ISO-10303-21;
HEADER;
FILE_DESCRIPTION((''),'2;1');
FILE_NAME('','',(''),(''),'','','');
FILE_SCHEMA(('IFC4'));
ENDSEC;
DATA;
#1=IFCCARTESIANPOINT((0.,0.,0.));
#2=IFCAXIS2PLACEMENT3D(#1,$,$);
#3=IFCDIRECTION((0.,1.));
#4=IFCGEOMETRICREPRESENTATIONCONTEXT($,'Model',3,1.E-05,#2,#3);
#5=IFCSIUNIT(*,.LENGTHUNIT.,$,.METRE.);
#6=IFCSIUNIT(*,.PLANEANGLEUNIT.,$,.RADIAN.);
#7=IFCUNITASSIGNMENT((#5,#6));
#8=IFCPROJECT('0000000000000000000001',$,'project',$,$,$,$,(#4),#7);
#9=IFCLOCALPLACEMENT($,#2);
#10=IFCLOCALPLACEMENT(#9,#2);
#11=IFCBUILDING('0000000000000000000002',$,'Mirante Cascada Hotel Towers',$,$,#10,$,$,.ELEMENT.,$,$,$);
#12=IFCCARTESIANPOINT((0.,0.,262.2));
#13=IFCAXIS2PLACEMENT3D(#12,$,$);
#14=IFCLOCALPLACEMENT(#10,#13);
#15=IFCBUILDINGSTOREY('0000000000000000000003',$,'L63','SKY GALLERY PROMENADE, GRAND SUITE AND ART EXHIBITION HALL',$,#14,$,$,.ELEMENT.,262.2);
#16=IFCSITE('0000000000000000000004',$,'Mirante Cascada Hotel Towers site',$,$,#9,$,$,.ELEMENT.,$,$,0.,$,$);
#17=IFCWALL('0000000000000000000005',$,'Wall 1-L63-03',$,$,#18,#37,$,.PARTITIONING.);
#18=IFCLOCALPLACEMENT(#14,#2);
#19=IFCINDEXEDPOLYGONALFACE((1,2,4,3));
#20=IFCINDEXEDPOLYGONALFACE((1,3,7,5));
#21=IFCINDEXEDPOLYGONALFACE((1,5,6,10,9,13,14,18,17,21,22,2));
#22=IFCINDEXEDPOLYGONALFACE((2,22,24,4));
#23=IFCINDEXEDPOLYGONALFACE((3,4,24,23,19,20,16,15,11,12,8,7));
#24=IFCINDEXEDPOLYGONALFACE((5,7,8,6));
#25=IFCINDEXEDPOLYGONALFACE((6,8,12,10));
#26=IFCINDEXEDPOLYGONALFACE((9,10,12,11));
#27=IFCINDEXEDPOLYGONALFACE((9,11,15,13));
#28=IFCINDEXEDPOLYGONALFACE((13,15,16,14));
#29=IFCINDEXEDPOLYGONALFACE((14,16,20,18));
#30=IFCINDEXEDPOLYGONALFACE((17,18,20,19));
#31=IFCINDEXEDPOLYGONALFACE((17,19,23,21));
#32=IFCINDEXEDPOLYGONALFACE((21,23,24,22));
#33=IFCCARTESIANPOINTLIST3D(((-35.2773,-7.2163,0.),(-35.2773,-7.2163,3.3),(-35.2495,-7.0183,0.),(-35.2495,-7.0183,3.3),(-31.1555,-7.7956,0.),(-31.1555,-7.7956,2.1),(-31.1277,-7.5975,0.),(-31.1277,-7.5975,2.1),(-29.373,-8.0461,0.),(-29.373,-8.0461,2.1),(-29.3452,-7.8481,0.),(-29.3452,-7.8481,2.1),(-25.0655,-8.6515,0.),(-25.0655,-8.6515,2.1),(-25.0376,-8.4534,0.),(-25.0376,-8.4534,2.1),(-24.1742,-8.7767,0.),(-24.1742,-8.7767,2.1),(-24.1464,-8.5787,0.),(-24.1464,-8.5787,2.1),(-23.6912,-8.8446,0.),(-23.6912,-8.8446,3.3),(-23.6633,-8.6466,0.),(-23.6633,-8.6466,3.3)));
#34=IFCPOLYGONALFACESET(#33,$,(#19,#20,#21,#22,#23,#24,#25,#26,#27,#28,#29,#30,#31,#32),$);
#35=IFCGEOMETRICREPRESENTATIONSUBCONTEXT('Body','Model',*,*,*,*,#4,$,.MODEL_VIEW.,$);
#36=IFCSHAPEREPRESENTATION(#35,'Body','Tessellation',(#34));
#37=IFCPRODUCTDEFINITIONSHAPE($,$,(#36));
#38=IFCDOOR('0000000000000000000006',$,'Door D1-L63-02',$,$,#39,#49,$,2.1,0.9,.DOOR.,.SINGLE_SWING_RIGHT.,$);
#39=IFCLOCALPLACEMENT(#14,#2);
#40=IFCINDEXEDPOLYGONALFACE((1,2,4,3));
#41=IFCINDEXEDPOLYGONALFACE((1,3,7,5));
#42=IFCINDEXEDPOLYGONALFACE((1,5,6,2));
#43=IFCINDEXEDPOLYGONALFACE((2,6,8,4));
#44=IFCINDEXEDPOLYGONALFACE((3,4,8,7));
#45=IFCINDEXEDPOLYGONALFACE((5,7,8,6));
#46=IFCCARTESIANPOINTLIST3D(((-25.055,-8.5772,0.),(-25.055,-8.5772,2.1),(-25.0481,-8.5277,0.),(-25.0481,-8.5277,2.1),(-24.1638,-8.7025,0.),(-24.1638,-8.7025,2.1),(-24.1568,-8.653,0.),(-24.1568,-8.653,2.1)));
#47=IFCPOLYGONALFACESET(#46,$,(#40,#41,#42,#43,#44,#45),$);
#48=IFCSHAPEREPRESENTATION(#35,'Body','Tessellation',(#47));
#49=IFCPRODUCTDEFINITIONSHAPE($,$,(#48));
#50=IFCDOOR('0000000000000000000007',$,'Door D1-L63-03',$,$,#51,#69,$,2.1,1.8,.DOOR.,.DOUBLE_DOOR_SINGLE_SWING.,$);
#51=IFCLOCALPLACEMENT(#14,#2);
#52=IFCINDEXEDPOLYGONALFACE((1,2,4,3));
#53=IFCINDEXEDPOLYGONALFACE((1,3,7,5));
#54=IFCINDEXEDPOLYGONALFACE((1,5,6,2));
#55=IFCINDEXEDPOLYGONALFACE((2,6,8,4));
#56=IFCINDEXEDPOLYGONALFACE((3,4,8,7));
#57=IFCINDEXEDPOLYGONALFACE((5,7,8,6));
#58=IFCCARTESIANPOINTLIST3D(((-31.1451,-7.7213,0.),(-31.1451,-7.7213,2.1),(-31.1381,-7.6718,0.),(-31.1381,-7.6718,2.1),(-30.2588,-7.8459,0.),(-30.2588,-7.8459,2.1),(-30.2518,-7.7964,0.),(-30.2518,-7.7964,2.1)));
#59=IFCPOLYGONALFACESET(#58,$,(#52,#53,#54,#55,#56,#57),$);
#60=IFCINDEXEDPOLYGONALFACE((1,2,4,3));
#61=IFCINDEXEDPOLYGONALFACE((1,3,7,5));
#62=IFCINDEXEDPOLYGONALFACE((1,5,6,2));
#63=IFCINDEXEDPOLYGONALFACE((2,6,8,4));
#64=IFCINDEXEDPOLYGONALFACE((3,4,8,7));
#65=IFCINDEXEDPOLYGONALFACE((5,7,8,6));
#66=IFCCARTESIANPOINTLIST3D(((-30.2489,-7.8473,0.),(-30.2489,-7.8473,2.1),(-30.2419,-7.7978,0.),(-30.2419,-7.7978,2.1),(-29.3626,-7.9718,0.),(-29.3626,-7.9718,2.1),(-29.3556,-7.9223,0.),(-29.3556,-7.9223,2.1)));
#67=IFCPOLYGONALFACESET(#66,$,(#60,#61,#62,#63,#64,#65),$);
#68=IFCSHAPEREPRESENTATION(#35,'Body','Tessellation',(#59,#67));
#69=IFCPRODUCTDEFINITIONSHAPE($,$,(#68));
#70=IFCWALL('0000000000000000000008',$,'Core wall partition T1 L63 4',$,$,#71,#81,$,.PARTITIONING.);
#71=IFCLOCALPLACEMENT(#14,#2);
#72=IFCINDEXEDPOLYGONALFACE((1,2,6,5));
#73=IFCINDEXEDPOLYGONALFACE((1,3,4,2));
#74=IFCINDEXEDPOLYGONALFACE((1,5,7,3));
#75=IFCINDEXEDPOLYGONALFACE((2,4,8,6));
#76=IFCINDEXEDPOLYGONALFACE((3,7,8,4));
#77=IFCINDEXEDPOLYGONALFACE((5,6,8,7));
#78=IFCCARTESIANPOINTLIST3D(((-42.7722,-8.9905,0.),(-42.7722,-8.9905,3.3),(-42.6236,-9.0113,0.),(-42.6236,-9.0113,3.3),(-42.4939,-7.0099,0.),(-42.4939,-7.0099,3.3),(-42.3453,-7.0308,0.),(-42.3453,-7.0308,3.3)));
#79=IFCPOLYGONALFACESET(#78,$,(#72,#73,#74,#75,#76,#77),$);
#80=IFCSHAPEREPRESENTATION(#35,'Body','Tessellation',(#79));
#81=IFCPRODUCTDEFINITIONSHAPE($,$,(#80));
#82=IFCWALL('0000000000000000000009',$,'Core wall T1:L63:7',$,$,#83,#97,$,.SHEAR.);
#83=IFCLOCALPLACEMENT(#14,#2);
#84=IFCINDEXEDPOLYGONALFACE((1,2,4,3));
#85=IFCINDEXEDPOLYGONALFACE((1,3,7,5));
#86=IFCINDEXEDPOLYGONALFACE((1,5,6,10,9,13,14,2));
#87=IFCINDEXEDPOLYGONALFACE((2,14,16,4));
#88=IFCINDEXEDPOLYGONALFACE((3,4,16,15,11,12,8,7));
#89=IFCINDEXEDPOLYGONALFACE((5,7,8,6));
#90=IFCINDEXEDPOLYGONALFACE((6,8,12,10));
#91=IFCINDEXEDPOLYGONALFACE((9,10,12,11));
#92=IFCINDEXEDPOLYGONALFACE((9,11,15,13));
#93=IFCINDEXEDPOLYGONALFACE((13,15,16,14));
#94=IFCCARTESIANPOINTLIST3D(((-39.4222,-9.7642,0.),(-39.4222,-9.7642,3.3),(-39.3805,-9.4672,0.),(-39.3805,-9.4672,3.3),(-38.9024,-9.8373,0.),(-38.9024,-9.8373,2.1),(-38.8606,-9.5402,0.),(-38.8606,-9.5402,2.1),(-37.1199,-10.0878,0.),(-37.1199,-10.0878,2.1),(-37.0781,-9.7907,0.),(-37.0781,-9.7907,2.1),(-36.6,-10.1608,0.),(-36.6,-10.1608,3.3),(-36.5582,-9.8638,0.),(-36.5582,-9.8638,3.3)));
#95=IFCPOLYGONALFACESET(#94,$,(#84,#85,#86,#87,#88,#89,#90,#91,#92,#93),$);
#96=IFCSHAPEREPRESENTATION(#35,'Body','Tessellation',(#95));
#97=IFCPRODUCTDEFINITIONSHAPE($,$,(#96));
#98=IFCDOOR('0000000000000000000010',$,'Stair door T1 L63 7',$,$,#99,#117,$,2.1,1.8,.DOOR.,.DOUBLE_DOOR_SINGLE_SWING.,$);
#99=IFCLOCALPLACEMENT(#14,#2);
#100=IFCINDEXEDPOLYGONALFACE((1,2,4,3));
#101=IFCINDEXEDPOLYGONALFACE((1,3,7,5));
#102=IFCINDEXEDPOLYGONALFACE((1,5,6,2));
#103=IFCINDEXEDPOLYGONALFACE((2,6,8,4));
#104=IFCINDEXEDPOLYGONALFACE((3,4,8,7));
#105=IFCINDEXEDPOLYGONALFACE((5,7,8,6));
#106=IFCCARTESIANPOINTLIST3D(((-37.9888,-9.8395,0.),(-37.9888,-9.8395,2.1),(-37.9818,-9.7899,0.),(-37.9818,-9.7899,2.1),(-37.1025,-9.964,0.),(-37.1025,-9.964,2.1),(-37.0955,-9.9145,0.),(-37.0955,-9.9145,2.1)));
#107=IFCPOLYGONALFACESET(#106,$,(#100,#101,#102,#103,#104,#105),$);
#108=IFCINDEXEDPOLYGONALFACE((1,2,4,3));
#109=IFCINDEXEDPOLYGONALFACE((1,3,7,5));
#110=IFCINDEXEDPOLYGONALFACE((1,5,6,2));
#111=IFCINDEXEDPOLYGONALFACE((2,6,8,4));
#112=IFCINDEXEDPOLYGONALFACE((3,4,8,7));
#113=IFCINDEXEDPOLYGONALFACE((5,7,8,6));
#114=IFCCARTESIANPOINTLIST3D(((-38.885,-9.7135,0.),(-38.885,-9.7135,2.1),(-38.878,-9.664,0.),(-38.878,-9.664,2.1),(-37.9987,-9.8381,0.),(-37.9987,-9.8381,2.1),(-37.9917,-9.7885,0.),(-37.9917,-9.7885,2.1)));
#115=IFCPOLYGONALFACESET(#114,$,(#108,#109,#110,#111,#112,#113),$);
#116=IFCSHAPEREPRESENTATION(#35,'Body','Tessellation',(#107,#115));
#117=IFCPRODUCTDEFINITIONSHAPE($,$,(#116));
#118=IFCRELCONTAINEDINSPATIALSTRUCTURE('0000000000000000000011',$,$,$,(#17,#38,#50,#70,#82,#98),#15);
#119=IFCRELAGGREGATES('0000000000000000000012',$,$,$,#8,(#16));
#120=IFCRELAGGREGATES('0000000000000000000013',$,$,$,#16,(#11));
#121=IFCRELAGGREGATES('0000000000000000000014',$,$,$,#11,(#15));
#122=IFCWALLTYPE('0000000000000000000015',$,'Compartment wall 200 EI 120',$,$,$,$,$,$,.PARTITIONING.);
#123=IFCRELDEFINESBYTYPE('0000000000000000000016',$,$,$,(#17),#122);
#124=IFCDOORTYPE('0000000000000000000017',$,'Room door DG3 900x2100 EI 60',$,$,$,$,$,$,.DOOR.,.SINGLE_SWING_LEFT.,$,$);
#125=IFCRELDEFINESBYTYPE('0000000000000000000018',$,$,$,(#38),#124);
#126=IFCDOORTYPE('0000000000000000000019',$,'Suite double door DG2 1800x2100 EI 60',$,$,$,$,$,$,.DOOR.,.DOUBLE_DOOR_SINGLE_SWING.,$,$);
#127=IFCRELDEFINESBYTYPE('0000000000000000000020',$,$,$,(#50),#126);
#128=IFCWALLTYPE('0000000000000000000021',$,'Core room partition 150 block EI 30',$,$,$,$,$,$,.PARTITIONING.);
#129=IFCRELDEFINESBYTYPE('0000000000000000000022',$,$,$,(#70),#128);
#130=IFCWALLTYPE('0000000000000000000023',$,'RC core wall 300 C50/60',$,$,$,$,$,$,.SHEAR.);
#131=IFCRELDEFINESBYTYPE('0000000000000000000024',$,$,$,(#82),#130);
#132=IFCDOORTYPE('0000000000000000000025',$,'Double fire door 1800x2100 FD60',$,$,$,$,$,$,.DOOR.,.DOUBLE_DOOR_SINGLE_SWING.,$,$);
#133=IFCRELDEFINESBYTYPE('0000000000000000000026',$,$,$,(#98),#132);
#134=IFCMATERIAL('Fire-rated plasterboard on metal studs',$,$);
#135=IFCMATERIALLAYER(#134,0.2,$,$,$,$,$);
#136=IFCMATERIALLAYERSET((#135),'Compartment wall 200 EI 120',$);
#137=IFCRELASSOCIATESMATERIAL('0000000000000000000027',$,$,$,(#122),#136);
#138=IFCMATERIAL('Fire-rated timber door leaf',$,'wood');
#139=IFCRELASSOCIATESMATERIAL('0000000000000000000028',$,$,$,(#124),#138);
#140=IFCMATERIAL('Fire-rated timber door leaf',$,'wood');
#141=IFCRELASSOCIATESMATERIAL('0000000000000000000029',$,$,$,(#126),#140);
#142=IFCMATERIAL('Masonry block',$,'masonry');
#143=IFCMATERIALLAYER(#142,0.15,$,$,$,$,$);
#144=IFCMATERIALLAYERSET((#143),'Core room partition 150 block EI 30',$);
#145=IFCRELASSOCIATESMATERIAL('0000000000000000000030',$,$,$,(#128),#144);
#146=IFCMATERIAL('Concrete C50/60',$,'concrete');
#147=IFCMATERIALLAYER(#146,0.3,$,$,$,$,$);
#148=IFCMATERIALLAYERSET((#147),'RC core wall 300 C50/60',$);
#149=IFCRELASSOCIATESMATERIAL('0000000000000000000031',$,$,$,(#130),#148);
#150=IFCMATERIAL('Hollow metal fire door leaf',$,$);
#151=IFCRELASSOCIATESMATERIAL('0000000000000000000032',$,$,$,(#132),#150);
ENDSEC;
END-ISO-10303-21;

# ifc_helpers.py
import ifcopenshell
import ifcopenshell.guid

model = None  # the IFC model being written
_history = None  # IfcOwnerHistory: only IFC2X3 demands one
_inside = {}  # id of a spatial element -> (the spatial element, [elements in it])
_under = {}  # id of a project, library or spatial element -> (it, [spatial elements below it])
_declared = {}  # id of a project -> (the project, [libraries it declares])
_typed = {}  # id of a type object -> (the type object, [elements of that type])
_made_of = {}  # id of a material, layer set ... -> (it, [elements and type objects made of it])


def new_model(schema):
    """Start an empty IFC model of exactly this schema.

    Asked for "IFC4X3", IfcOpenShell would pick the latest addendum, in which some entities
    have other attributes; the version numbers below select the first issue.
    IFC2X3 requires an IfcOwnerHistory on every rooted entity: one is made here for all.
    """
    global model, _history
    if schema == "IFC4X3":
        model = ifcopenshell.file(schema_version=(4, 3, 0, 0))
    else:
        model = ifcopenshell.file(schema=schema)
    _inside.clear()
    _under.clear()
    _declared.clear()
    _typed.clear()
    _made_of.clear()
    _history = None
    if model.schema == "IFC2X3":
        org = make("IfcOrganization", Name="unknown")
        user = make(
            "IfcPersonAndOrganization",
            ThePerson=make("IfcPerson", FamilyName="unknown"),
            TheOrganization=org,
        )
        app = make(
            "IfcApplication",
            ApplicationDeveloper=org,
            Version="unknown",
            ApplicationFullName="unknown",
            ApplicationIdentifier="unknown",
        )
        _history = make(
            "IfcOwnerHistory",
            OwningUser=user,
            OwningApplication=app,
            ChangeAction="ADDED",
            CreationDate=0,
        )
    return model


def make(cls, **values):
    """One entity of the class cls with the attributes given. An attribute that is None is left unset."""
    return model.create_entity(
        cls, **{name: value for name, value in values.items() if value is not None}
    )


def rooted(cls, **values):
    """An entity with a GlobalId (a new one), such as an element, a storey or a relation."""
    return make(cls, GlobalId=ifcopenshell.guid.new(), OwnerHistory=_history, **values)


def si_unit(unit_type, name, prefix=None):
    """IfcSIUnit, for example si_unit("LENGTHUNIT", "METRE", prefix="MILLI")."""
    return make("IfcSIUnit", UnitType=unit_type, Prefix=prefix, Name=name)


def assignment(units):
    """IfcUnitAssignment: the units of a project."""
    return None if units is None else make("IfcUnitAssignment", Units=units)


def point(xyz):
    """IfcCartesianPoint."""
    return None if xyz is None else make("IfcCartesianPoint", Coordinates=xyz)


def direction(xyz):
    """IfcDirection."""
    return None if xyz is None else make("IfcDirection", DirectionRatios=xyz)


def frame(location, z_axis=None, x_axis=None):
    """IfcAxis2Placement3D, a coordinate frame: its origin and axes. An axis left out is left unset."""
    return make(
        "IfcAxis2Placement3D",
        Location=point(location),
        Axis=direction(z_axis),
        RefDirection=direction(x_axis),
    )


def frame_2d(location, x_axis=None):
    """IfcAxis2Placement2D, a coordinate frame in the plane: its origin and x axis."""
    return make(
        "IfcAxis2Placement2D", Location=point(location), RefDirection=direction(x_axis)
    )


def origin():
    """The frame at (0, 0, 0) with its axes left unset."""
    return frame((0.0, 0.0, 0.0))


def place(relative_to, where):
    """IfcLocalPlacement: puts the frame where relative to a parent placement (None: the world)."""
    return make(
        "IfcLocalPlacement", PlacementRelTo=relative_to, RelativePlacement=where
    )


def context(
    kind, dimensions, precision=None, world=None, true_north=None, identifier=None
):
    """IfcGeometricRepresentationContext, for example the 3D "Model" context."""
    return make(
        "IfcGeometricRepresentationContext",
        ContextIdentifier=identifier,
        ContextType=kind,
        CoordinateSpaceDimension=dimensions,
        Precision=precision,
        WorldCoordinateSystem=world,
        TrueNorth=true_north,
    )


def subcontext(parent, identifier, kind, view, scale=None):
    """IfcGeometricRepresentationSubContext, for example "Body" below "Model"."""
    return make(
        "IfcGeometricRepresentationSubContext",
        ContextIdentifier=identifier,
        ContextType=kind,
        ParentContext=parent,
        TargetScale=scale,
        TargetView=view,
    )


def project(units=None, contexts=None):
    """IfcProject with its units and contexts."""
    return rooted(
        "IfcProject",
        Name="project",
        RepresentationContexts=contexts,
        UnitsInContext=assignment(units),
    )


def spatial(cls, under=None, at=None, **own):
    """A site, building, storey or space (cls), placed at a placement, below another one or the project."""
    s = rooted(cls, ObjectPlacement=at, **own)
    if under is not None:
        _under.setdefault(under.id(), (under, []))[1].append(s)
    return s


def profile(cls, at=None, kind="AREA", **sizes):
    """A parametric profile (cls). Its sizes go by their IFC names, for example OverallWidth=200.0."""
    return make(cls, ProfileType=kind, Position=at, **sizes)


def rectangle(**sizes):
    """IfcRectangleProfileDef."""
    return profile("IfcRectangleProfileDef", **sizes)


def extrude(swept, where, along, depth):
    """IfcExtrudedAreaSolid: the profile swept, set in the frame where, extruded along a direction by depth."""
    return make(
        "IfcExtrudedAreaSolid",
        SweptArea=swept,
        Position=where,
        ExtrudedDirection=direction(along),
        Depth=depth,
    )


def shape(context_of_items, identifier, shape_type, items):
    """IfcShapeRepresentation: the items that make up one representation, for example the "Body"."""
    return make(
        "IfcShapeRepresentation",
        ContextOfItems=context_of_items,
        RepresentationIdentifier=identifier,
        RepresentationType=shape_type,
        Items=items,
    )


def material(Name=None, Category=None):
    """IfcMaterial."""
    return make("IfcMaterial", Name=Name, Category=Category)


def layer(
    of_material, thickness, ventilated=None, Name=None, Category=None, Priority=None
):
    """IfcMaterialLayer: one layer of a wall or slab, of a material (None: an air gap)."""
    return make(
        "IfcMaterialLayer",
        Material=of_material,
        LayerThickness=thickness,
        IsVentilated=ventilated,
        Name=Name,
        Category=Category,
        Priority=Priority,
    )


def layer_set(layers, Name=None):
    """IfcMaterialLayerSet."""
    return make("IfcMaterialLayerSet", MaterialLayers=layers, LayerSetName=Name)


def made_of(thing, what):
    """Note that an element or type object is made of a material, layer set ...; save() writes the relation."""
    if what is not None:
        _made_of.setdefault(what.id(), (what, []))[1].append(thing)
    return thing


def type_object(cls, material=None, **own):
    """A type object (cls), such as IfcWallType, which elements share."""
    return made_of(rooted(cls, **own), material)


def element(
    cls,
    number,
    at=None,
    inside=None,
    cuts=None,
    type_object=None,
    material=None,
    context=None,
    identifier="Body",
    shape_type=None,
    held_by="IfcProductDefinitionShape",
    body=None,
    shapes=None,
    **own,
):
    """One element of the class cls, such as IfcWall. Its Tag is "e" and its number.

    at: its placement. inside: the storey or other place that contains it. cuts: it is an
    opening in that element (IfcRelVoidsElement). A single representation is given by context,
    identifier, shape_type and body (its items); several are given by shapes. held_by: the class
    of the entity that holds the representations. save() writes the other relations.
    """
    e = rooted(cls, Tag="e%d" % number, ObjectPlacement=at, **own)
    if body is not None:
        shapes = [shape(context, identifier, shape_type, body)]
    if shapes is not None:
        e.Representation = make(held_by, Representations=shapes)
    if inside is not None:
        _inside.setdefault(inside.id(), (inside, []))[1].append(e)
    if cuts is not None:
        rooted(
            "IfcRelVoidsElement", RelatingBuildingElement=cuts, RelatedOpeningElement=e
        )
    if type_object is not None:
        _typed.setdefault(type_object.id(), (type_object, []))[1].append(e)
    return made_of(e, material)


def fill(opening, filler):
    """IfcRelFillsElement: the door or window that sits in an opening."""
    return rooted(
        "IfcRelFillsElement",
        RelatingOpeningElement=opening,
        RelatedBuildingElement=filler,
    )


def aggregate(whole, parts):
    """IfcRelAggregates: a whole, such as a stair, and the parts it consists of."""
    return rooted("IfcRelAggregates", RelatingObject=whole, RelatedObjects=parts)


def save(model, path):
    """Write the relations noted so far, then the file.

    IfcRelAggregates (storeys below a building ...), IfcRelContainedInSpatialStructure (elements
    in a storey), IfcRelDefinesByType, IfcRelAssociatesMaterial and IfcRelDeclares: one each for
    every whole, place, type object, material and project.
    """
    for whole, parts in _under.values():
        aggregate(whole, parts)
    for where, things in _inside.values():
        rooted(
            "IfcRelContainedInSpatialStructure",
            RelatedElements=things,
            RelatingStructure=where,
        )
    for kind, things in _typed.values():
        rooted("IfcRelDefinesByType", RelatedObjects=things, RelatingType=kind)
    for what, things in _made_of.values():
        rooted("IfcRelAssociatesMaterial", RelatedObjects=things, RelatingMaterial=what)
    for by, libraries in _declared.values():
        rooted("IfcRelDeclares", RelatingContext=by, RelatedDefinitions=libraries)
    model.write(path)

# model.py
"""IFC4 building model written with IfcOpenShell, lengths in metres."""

from ifc_helpers import new_model, si_unit, direction, frame, frame_2d, origin, place, context, subcontext, project, spatial, rectangle, extrude, material, layer, layer_set, type_object, element, fill, save


model = new_model("IFC4")

# Units and contexts
model_context = context("Model", 3, precision=1e-05, world=origin(), true_north=direction((0.0, 1.0)))
body_context = subcontext(model_context, "Body", "Model", "MODEL_VIEW")
ifc_project = project(units=[si_unit("LENGTHUNIT", "METRE"), si_unit("PLANEANGLEUNIT", "RADIAN")], contexts=[model_context])

# Site, building, storey
site_placement = place(None, origin())
site = spatial("IfcSite", under=ifc_project, at=site_placement, Name="Mirante Cascada Hotel Towers site", CompositionType="ELEMENT", RefElevation=0.0)
building_placement = place(site_placement, origin())
building = spatial("IfcBuilding", under=site, at=building_placement, Name="Mirante Cascada Hotel Towers", CompositionType="ELEMENT")
storey_placement = place(building_placement, frame((0.0, 0.0, 262.2)))
storey = spatial("IfcBuildingStorey", under=building, at=storey_placement, Name="L63", Description="SKY GALLERY PROMENADE, GRAND SUITE AND ART EXHIBITION HALL", CompositionType="ELEMENT", Elevation=262.2)

# Wall, openings, doors
ifc_material_1 = material(Name="Fire-rated plasterboard on metal studs")
ifc_layer_1 = layer(ifc_material_1, 0.2)
ifc_layer_set_1 = layer_set([ifc_layer_1], Name="Compartment wall 200 EI 120")
wall_type_1 = type_object("IfcWallType", Name="Compartment wall 200 EI 120", PredefinedType="PARTITIONING", material=ifc_layer_set_1)
wall_1_placement = place(storey_placement, frame((-35.2634, -7.1173, 0.0), z_axis=(0.0, 0.0, 1.0), x_axis=(0.990268, -0.139171, 0.0)))
wall_1 = element("IfcWall", 1, at=wall_1_placement, inside=storey, type_object=wall_type_1, Name="Wall 1-L63-03", PredefinedType="PARTITIONING", context=body_context, shape_type="SweptSolid", body=[
    extrude(rectangle(XDim=11.7, YDim=0.2, at=frame_2d((5.85, 0.0))), origin(), (0.0, 0.0, 1.0), 3.3),
])
opening_1_placement = place(wall_1_placement, frame((10.3122, 0.0, 0.0)))
opening_1 = element("IfcOpeningElement", 2, at=opening_1_placement, cuts=wall_1, PredefinedType="OPENING", context=body_context, shape_type="SweptSolid", body=[
    extrude(rectangle(XDim=0.9, YDim=2.1, at=frame_2d((0.45, 1.05))), frame((0.0, 0.1, 0.0), z_axis=(0.0, -1.0, 0.0), x_axis=(1.0, 0.0, 0.0)), (0.0, 0.0, 1.0), 0.2),
])
opening_2_placement = place(wall_1_placement, frame((4.1623, 0.0, 0.0)))
opening_2 = element("IfcOpeningElement", 3, at=opening_2_placement, cuts=wall_1, PredefinedType="OPENING", context=body_context, shape_type="SweptSolid", body=[
    extrude(rectangle(XDim=1.8, YDim=2.1, at=frame_2d((0.9, 1.05))), frame((0.0, 0.1, 0.0), z_axis=(0.0, -1.0, 0.0), x_axis=(1.0, 0.0, 0.0)), (0.0, 0.0, 1.0), 0.2),
])
ifc_material_2 = material(Name="Fire-rated timber door leaf", Category="wood")
door_type_1 = type_object("IfcDoorType", Name="Room door DG3 900x2100 EI 60", OperationType="SINGLE_SWING_LEFT", PredefinedType="DOOR", material=ifc_material_2)
door_1_placement = place(opening_1_placement, frame((0.9, 0.0, 0.0), z_axis=(0.0, 0.0, 1.0), x_axis=(-1.0, 0.0, 0.0)))
door_1 = element("IfcDoor", 4, at=door_1_placement, inside=storey, type_object=door_type_1, Name="Door D1-L63-02", OperationType="SINGLE_SWING_RIGHT", OverallHeight=2.1, OverallWidth=0.9, PredefinedType="DOOR", context=body_context, shape_type="SweptSolid", body=[
    extrude(rectangle(XDim=0.9, YDim=2.1, at=frame_2d((0.45, 1.05))), frame((0.0, 0.025, 0.0), z_axis=(0.0, -1.0, 0.0), x_axis=(1.0, 0.0, 0.0)), (0.0, 0.0, 1.0), 0.05),
])
fill(opening_1, door_1)
ifc_material_3 = material(Name="Fire-rated timber door leaf", Category="wood")
door_type_2 = type_object("IfcDoorType", Name="Suite double door DG2 1800x2100 EI 60", OperationType="DOUBLE_DOOR_SINGLE_SWING", PredefinedType="DOOR", material=ifc_material_3)
door_2_placement = place(opening_2_placement, origin())
door_2 = element("IfcDoor", 5, at=door_2_placement, inside=storey, type_object=door_type_2, Name="Door D1-L63-03", OperationType="DOUBLE_DOOR_SINGLE_SWING", OverallHeight=2.1, OverallWidth=1.8, PredefinedType="DOOR", context=body_context, shape_type="SweptSolid", body=[
    extrude(rectangle(XDim=0.895, YDim=2.1, at=frame_2d((0.4475, 1.05))), frame((0.0, 0.025, 0.0), z_axis=(0.0, -1.0, 0.0), x_axis=(1.0, 0.0, 0.0)), (0.0, 0.0, 1.0), 0.05),
    extrude(rectangle(XDim=0.895, YDim=2.1, at=frame_2d((1.3525, 1.05))), frame((0.0, 0.025, 0.0), z_axis=(0.0, -1.0, 0.0), x_axis=(1.0, 0.0, 0.0)), (0.0, 0.0, 1.0), 0.05),
])
fill(opening_2, door_2)

# Wall
ifc_material_4 = material(Name="Masonry block", Category="masonry")
ifc_layer_2 = layer(ifc_material_4, 0.15)
ifc_layer_set_2 = layer_set([ifc_layer_2], Name="Core room partition 150 block EI 30")
wall_type_2 = type_object("IfcWallType", Name="Core room partition 150 block EI 30", PredefinedType="PARTITIONING", material=ifc_layer_set_2)
wall_2_placement = place(storey_placement, frame((-42.6979, -9.0009, 0.0), z_axis=(0.0, 0.0, 1.0), x_axis=(0.139153, 0.990271, 0.0)))
element("IfcWall", 6, at=wall_2_placement, inside=storey, type_object=wall_type_2, Name="Core wall partition T1 L63 4", PredefinedType="PARTITIONING", context=body_context, shape_type="SweptSolid", body=[
    extrude(rectangle(XDim=2.0, YDim=0.15, at=frame_2d((1.0, 0.0))), origin(), (0.0, 0.0, 1.0), 3.3),
])

# Wall, opening, door
ifc_material_5 = material(Name="Concrete C50/60", Category="concrete")
ifc_layer_3 = layer(ifc_material_5, 0.3)
ifc_layer_set_3 = layer_set([ifc_layer_3], Name="RC core wall 300 C50/60")
wall_type_3 = type_object("IfcWallType", Name="RC core wall 300 C50/60", PredefinedType="SHEAR", material=ifc_layer_set_3)
wall_3_placement = place(storey_placement, frame((-36.5791, -10.0123, 0.0), z_axis=(0.0, 0.0, 1.0), x_axis=(-0.99027, 0.139156, 0.0)))
wall_3 = element("IfcWall", 7, at=wall_3_placement, inside=storey, type_object=wall_type_3, Name="Core wall T1:L63:7", PredefinedType="SHEAR", context=body_context, shape_type="SweptSolid", body=[
    extrude(rectangle(XDim=2.85, YDim=0.3, at=frame_2d((1.425, 0.0))), origin(), (0.0, 0.0, 1.0), 3.3),
])
opening_3_placement = place(wall_3_placement, frame((0.525, 0.0, 0.0)))
opening_3 = element("IfcOpeningElement", 8, at=opening_3_placement, cuts=wall_3, PredefinedType="OPENING", context=body_context, shape_type="SweptSolid", body=[
    extrude(rectangle(XDim=1.8, YDim=2.1, at=frame_2d((0.9, 1.05))), frame((0.0, 0.15, 0.0), z_axis=(0.0, -1.0, 0.0), x_axis=(1.0, 0.0, 0.0)), (0.0, 0.0, 1.0), 0.3),
])
ifc_material_6 = material(Name="Hollow metal fire door leaf")
door_type_3 = type_object("IfcDoorType", Name="Double fire door 1800x2100 FD60", OperationType="DOUBLE_DOOR_SINGLE_SWING", PredefinedType="DOOR", material=ifc_material_6)
door_3_placement = place(opening_3_placement, origin())
door_3 = element("IfcDoor", 9, at=door_3_placement, inside=storey, type_object=door_type_3, Name="Stair door T1 L63 7", OperationType="DOUBLE_DOOR_SINGLE_SWING", OverallHeight=2.1, OverallWidth=1.8, PredefinedType="DOOR", context=body_context, shape_type="SweptSolid", body=[
    extrude(rectangle(XDim=0.895, YDim=2.1, at=frame_2d((0.4475, 1.05))), frame((0.0, 0.025, 0.0), z_axis=(0.0, -1.0, 0.0), x_axis=(1.0, 0.0, 0.0)), (0.0, 0.0, 1.0), 0.05),
    extrude(rectangle(XDim=0.895, YDim=2.1, at=frame_2d((1.3525, 1.05))), frame((0.0, 0.025, 0.0), z_axis=(0.0, -1.0, 0.0), x_axis=(1.0, 0.0, 0.0)), (0.0, 0.0, 1.0), 0.05),
])
fill(opening_3, door_3)

save(model, "model.ifc")
